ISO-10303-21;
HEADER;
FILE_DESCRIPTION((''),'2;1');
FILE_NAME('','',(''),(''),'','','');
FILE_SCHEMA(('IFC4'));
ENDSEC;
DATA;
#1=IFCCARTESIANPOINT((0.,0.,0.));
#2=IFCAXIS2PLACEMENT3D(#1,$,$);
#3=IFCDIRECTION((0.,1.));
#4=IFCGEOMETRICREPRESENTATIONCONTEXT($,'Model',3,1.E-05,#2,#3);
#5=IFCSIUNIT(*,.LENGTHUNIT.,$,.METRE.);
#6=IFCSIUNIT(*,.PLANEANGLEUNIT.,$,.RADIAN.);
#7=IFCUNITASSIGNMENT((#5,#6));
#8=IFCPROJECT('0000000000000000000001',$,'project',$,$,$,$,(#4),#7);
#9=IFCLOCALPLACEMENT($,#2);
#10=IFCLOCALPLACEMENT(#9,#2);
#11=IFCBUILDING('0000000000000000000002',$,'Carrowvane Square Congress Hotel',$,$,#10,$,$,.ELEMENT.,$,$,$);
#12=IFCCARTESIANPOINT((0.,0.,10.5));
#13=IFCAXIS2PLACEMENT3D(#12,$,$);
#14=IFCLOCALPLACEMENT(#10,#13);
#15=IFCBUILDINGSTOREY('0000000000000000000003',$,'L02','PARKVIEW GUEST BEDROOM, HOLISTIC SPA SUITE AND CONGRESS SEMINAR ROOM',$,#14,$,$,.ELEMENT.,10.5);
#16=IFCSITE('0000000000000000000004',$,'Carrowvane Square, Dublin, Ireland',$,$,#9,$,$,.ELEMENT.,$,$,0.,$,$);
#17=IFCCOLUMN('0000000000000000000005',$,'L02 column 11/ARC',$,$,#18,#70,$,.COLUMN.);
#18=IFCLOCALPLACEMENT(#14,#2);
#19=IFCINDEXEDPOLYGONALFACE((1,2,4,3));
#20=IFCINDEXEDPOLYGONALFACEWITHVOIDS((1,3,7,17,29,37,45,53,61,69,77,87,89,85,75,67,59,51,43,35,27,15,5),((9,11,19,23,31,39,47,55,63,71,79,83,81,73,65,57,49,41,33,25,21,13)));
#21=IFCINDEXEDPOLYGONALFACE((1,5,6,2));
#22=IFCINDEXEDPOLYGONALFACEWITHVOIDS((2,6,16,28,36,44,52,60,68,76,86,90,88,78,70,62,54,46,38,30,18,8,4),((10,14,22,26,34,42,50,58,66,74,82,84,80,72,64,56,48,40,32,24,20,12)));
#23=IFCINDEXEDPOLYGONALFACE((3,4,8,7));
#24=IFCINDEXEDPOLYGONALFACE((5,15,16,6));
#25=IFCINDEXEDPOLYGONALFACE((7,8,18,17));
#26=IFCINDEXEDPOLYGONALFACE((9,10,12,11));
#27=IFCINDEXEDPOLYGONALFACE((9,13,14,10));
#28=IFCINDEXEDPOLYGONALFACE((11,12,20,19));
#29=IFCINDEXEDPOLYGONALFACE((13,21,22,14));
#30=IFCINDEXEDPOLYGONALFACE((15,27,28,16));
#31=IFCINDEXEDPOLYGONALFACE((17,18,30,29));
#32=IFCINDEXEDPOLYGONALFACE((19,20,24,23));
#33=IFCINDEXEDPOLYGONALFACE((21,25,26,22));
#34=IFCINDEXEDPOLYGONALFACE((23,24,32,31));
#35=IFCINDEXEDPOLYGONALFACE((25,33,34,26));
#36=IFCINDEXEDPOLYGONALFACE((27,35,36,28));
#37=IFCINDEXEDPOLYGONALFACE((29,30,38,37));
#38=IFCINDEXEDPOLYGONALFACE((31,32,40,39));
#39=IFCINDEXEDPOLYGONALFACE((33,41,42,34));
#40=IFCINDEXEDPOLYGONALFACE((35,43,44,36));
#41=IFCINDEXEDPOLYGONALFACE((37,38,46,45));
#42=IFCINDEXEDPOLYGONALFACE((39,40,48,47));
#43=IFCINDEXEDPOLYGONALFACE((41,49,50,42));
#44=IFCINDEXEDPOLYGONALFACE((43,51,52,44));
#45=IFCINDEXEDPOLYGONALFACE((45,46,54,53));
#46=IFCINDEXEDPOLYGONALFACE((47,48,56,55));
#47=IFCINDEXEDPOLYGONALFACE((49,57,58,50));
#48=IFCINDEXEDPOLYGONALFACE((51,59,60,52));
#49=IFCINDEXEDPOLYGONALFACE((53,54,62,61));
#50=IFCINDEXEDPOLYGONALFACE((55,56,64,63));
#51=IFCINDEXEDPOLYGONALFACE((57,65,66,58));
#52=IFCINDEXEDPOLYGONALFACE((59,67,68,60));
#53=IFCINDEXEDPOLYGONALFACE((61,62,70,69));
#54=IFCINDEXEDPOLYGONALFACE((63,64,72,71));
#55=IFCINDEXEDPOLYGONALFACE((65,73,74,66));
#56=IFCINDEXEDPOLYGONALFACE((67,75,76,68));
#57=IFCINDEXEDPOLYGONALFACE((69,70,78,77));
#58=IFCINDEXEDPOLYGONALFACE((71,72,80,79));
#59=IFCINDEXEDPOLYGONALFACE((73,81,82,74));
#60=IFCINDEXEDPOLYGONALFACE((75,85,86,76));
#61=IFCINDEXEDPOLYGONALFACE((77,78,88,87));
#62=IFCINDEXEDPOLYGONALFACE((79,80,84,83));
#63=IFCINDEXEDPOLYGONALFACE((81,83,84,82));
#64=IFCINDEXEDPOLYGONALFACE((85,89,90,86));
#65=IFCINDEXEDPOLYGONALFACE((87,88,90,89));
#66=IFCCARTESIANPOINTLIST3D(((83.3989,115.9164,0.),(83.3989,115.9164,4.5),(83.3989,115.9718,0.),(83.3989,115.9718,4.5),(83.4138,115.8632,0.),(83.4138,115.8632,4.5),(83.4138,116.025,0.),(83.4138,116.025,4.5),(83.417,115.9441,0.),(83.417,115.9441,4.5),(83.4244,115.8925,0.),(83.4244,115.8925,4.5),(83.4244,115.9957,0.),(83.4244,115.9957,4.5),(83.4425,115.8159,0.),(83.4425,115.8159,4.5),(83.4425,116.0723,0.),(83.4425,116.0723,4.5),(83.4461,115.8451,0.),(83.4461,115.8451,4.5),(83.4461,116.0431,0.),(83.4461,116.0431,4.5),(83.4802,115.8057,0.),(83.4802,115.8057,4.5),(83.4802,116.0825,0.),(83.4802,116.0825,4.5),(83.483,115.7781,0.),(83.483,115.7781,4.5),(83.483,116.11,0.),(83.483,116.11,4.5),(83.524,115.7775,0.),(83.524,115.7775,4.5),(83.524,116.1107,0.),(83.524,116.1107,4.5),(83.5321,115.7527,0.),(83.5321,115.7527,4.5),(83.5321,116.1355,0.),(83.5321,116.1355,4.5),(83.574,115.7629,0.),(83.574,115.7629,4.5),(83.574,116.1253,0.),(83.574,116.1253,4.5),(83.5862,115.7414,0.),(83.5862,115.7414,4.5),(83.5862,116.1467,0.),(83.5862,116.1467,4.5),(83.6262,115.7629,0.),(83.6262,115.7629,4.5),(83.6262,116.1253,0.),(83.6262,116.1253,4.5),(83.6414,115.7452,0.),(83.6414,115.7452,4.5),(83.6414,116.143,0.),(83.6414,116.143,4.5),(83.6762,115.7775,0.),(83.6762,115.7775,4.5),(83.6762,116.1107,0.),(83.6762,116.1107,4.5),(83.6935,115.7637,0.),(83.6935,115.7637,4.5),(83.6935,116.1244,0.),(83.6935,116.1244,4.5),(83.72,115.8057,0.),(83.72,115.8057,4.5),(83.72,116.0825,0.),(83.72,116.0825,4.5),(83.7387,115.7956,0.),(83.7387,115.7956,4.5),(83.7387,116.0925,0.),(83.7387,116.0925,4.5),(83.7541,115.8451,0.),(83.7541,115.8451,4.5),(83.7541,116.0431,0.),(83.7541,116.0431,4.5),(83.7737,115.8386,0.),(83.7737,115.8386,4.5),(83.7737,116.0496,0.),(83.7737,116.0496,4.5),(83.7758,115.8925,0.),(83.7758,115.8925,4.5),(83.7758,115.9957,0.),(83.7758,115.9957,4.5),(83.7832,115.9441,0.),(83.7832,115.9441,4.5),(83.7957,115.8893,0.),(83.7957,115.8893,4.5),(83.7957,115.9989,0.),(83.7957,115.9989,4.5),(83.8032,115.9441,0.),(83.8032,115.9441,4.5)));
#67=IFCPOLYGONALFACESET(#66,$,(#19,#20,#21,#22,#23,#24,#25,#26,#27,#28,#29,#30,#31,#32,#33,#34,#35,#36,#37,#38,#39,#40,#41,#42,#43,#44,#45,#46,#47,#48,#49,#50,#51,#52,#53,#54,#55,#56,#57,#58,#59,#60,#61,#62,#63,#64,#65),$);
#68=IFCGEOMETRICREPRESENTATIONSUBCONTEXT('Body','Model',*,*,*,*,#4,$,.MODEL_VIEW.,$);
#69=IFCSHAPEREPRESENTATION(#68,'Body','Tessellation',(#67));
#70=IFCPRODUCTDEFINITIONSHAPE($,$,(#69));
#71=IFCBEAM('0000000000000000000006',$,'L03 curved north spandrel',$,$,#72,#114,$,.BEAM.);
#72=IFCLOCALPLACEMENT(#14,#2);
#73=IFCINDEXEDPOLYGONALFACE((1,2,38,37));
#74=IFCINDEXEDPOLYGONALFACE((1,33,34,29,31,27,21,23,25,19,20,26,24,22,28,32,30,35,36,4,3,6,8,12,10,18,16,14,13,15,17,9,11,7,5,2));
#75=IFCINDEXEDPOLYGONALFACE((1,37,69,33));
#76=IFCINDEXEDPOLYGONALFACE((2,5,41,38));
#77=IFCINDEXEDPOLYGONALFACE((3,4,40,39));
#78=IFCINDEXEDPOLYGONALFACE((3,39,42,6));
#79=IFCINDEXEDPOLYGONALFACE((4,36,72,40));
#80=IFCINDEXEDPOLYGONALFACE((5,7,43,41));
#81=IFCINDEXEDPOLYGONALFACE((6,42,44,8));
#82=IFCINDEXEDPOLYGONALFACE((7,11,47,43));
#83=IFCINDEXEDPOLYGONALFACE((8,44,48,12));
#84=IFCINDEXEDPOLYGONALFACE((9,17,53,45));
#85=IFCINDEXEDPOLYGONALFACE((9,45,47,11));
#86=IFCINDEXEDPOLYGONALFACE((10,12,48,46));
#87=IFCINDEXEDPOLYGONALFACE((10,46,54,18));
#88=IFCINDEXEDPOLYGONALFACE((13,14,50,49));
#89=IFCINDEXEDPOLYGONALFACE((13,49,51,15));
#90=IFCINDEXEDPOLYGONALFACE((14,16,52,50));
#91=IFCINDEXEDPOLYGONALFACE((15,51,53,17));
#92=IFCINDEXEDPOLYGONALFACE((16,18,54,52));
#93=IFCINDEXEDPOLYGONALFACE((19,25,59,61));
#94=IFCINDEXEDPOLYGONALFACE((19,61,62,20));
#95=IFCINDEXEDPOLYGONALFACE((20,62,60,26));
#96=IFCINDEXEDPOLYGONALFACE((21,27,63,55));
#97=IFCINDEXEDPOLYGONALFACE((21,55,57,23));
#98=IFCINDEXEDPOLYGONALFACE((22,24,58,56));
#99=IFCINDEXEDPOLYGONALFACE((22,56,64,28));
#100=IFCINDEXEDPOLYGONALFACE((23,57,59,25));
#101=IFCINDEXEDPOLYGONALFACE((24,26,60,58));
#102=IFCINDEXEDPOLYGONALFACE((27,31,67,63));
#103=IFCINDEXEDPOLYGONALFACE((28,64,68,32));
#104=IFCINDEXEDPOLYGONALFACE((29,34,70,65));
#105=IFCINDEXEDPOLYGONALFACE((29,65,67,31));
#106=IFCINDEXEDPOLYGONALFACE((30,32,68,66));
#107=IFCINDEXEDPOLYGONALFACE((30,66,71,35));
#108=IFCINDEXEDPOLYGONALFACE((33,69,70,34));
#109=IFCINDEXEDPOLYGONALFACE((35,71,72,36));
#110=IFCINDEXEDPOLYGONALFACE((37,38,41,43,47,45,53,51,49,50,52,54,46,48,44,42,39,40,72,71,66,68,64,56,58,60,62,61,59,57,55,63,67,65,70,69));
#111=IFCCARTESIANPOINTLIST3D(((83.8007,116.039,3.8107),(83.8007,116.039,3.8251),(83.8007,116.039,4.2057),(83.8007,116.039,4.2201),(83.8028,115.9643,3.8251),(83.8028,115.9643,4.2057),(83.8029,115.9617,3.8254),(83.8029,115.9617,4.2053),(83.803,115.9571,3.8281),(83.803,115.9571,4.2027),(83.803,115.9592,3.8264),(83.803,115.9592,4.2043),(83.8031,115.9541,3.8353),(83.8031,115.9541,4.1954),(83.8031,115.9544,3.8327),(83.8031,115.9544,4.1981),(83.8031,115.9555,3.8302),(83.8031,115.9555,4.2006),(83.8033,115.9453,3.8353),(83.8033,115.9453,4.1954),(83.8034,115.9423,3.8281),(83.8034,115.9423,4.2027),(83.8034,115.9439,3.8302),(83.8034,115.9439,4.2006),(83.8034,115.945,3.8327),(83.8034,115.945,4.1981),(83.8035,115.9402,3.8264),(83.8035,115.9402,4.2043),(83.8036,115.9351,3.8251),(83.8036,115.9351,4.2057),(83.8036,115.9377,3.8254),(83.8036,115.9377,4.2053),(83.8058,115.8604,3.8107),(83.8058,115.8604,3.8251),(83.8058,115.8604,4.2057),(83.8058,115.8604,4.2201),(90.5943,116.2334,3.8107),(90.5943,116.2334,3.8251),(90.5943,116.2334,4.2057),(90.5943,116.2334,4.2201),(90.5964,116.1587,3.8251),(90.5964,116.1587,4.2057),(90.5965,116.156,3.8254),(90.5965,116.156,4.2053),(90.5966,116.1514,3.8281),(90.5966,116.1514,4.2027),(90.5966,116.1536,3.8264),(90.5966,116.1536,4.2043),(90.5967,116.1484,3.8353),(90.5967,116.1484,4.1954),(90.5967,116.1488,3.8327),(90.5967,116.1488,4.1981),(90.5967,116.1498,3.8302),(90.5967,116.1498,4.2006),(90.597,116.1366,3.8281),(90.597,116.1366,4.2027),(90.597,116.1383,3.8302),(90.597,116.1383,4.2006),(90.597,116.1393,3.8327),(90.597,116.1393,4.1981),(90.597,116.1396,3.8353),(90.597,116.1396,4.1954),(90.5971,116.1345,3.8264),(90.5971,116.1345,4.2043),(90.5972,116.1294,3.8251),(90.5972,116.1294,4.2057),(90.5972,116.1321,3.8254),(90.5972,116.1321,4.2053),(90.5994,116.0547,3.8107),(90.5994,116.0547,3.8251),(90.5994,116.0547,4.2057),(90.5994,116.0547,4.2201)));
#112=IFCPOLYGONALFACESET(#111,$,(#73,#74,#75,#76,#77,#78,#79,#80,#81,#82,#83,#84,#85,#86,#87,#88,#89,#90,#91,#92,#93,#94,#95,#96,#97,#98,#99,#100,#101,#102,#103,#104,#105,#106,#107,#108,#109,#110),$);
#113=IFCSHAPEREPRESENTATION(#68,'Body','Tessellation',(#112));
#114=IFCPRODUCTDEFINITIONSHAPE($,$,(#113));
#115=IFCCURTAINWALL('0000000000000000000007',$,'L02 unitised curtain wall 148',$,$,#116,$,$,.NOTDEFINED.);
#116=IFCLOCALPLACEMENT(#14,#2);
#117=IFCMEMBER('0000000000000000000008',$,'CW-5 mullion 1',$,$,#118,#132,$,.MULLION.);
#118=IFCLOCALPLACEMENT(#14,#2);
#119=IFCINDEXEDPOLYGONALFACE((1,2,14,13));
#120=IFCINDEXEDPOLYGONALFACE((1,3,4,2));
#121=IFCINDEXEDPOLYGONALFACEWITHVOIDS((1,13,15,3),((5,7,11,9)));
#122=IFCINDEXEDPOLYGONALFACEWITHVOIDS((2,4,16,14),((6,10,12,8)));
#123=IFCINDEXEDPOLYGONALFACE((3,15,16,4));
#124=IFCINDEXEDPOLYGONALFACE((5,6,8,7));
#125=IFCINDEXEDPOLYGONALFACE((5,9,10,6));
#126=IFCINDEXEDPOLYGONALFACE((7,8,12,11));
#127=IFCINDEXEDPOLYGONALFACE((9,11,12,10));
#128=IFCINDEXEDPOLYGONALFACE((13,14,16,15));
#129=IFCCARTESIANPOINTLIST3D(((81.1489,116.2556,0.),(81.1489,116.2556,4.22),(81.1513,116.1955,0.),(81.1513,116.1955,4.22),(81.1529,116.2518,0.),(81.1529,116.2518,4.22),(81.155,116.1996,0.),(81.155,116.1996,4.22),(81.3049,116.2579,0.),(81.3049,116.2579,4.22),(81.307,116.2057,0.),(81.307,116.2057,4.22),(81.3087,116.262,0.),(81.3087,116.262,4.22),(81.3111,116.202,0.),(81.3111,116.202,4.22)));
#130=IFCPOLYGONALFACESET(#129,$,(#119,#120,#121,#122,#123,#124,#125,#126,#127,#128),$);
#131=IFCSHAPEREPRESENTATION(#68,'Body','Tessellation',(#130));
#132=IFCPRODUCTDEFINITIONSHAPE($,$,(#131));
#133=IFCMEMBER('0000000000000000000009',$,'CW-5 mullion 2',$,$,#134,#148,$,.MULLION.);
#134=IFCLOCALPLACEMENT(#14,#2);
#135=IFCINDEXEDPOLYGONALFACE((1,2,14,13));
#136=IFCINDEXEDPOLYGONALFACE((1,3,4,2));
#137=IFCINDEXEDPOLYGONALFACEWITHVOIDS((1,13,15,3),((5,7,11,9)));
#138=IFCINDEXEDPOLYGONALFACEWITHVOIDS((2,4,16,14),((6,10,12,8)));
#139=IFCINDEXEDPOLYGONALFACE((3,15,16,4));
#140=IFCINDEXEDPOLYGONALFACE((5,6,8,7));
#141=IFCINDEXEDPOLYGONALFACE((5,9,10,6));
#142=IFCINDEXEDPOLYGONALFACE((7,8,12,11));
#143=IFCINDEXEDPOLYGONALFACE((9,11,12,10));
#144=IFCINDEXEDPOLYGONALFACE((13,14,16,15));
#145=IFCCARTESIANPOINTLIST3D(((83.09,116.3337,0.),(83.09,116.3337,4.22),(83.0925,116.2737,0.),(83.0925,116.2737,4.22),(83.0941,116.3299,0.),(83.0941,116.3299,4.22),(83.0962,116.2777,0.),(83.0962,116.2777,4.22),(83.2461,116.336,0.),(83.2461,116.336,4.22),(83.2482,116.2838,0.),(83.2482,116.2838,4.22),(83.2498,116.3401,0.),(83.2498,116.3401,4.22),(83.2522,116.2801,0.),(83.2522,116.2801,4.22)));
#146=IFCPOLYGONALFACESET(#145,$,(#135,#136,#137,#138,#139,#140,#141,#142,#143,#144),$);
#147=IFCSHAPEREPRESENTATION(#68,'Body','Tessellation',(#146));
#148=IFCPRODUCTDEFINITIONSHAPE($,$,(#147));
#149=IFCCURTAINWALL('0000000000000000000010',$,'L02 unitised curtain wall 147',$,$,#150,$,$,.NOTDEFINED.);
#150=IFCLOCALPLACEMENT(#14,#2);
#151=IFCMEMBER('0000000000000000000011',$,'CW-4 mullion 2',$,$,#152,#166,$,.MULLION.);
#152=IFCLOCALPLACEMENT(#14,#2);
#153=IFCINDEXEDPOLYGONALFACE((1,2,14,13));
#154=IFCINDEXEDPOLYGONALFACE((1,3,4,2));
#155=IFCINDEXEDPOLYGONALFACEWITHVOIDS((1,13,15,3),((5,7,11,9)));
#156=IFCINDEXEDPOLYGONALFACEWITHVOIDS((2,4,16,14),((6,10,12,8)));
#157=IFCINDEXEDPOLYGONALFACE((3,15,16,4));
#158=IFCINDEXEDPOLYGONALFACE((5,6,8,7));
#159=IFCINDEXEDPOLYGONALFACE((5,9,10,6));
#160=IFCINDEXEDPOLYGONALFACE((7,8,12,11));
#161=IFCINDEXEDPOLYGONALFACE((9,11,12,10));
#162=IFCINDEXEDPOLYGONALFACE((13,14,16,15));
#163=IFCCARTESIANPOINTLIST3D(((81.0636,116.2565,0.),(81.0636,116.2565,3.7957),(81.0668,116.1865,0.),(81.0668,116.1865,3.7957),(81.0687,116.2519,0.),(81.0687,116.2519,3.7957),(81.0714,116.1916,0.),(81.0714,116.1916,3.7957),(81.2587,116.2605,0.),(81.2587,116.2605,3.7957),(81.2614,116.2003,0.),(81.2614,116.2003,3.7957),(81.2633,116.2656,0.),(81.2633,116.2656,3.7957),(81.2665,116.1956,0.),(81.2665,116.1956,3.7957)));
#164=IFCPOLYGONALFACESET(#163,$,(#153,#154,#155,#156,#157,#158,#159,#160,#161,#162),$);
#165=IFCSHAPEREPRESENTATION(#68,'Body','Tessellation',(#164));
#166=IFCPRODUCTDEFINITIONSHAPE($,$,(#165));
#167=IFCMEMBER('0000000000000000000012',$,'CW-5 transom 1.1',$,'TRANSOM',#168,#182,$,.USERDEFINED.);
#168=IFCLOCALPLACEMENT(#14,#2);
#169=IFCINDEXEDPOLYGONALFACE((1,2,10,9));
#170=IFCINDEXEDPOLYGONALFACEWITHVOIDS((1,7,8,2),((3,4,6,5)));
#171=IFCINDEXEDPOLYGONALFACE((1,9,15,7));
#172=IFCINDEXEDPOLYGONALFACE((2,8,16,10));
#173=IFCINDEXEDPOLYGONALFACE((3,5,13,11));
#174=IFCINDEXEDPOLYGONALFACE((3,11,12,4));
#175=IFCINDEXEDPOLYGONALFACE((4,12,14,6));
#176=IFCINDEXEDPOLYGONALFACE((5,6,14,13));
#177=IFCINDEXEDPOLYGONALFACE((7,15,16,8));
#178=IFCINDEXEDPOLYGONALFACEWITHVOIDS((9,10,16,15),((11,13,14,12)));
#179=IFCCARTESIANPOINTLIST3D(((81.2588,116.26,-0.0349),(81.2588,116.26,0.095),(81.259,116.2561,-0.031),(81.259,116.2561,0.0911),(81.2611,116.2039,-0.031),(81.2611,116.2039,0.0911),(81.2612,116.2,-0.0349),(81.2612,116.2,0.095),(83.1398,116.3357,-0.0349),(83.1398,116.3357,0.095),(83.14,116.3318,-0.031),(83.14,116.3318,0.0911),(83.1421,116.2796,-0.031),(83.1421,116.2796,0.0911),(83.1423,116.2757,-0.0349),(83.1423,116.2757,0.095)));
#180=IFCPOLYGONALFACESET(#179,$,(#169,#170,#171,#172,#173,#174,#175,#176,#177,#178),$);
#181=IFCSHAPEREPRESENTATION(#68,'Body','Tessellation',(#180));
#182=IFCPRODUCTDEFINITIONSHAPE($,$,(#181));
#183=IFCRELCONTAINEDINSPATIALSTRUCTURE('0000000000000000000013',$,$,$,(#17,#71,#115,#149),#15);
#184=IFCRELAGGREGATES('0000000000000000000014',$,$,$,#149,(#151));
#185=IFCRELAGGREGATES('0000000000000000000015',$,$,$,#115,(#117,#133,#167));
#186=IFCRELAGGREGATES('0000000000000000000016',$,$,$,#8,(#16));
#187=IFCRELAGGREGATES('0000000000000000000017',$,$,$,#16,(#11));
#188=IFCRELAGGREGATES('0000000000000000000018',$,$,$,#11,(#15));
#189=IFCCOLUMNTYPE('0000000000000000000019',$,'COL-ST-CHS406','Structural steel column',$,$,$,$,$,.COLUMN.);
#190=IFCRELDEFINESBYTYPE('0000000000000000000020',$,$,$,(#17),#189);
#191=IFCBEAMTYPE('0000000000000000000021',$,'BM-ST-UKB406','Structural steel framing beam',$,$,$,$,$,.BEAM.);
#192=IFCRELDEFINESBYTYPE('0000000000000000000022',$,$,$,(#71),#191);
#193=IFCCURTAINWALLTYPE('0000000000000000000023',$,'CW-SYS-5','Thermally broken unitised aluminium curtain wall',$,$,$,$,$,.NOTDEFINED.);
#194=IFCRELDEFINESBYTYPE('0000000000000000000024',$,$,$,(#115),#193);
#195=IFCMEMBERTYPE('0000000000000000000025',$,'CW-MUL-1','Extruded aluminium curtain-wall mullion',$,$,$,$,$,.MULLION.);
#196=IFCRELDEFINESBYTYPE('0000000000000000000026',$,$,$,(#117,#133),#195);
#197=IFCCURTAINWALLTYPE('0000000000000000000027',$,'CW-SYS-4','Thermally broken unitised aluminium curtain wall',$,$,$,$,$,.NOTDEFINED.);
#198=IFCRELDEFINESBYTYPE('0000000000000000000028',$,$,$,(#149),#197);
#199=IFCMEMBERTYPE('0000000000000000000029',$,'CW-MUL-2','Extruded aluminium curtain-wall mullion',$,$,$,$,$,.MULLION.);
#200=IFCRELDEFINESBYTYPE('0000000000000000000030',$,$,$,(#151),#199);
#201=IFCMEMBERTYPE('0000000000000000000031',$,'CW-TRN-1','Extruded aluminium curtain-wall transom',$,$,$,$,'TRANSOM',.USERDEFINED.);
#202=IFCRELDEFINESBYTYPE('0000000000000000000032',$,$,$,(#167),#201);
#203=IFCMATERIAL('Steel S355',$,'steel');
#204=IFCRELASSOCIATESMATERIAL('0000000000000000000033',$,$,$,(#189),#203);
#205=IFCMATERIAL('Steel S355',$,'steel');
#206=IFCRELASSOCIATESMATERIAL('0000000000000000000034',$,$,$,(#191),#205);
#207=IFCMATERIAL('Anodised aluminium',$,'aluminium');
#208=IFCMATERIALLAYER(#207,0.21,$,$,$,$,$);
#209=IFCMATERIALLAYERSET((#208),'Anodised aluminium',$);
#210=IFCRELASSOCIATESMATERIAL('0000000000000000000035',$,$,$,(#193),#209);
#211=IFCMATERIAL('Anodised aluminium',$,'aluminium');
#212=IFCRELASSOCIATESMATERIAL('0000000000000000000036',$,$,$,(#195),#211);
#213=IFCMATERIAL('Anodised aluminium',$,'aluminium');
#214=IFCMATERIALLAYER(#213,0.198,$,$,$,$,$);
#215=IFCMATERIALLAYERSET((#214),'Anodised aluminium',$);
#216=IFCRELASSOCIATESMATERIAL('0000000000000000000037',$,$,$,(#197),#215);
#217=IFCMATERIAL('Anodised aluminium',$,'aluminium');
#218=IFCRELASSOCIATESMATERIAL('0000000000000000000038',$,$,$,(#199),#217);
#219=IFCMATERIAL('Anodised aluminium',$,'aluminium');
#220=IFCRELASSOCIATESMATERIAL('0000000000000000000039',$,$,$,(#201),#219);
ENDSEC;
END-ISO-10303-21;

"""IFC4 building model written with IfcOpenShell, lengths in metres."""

from ifc_helpers import new_model, si_unit, direction, frame, origin, origin_2d, place, context, subcontext, project, spatial, hollow_rectangle, hollow_circle, i_section, extrude, material, layer, layer_set, material_profile, profile_set, type_object, element, aggregate, save


model = new_model("IFC4")

# Units and contexts
model_context = context("Model", 3, precision=1e-05, world=origin(), true_north=direction((0.0, 1.0)))
body_context = subcontext(model_context, "Body", "Model", "MODEL_VIEW")
ifc_project = project(units=[si_unit("LENGTHUNIT", "METRE"), si_unit("PLANEANGLEUNIT", "RADIAN")], contexts=[model_context])

# Site, building, storey
site_placement = place(None, origin())
site = spatial("IfcSite", under=ifc_project, at=site_placement, Name="Carrowvane Square, Dublin, Ireland", CompositionType="ELEMENT", RefElevation=0.0)
building_placement = place(site_placement, origin())
building = spatial("IfcBuilding", under=site, at=building_placement, Name="Carrowvane Square Congress Hotel", CompositionType="ELEMENT")
storey_placement = place(building_placement, frame((0.0, 0.0, 10.5)))
storey = spatial("IfcBuildingStorey", under=building, at=storey_placement, Name="L02", Description="PARKVIEW GUEST BEDROOM, HOLISTIC SPA SUITE AND CONGRESS SEMINAR ROOM", CompositionType="ELEMENT", Elevation=10.5)

# Column
ifc_material_1 = material(Name="Steel S355", Category="steel")
ifc_material_profile_1 = material_profile(ifc_material_1, hollow_circle(Radius=0.2031, WallThickness=0.02, at=origin_2d()), Name="CHS 406.4x20")
ifc_profile_set_1 = profile_set([ifc_material_profile_1], Name="Steel S355")
column_type = type_object("IfcColumnType", Name="COL-ST-CHS406", Description="Structural steel column", PredefinedType="COLUMN", material=ifc_profile_set_1)
column_placement = place(storey_placement, frame((83.6001, 115.9441, 0.0), z_axis=(0.0, 0.0, 1.0), x_axis=(1.0, 0.0, 0.0)))
element("IfcColumn", 1, at=column_placement, inside=storey, type_object=column_type, Name="L02 column 11/ARC", PredefinedType="COLUMN", context=body_context, shape_type="SweptSolid", body=[
    extrude(hollow_circle(Radius=0.2031, WallThickness=0.02, at=origin_2d()), origin(), (0.0, 0.0, 1.0), 4.5),
])

# Beam
ifc_material_2 = material(Name="Steel S355", Category="steel")
ifc_material_profile_2 = material_profile(ifc_material_2, i_section(OverallWidth=0.1787, OverallDepth=0.4094, WebThickness=0.0088, FlangeThickness=0.0144, FilletRadius=0.0103, at=origin_2d()), Name="UKB 406x178x67")
ifc_profile_set_2 = profile_set([ifc_material_profile_2], Name="Steel S355")
beam_type = type_object("IfcBeamType", Name="BM-ST-UKB406", Description="Structural steel framing beam", PredefinedType="BEAM", material=ifc_profile_set_2)
beam_placement = place(storey_placement, frame((83.8032, 115.9497, 4.0154), z_axis=(0.999591, 0.028594, 0.0), x_axis=(-0.028594, 0.999591, 0.0)))
element("IfcBeam", 2, at=beam_placement, inside=storey, type_object=beam_type, Name="L03 curved north spandrel", PredefinedType="BEAM", context=body_context, shape_type="SweptSolid", body=[
    extrude(i_section(OverallWidth=0.1787, OverallDepth=0.4094, WebThickness=0.0088, FlangeThickness=0.0144, FilletRadius=0.0103, at=origin_2d()), origin(), (0.0, 0.0, 1.0), 6.7964),
])

# Curtain wall, members
ifc_material_3 = material(Name="Anodised aluminium", Category="aluminium")
ifc_layer_1 = layer(ifc_material_3, 0.21)
ifc_layer_set_1 = layer_set([ifc_layer_1], Name="Anodised aluminium")
curtain_wall_type_1 = type_object("IfcCurtainWallType", Name="CW-SYS-5", Description="Thermally broken unitised aluminium curtain wall", PredefinedType="NOTDEFINED", material=ifc_layer_set_1)
curtain_wall_1_placement = place(storey_placement, origin())
curtain_wall_1 = element("IfcCurtainWall", 3, at=curtain_wall_1_placement, inside=storey, type_object=curtain_wall_type_1, Name="L02 unitised curtain wall 148", PredefinedType="NOTDEFINED")
ifc_material_4 = material(Name="Anodised aluminium", Category="aluminium")
ifc_material_profile_3 = material_profile(ifc_material_4, hollow_rectangle(XDim=0.0601, YDim=0.1599, WallThickness=0.0039, at=origin_2d()), Name="CW-ML 60x160x4")
ifc_profile_set_3 = profile_set([ifc_material_profile_3], Name="Anodised aluminium")
member_type_1 = type_object("IfcMemberType", Name="CW-MUL-1", Description="Extruded aluminium curtain-wall mullion", PredefinedType="MULLION", material=ifc_profile_set_3)
member_1_placement = place(storey_placement, frame((81.23, 116.2288, 0.0), z_axis=(0.0, 0.0, 1.0), x_axis=(-0.040136, 0.999194, 0.0)))
member_1 = element("IfcMember", 4, at=member_1_placement, type_object=member_type_1, Name="CW-5 mullion 1", PredefinedType="MULLION", context=body_context, shape_type="SweptSolid", body=[
    extrude(hollow_rectangle(XDim=0.0601, YDim=0.1599, WallThickness=0.0039, at=origin_2d()), origin(), (0.0, 0.0, 1.0), 4.22),
])
member_2_placement = place(storey_placement, frame((83.1711, 116.3069, 0.0), z_axis=(0.0, 0.0, 1.0), x_axis=(-0.040136, 0.999194, 0.0)))
member_2 = element("IfcMember", 5, at=member_2_placement, type_object=member_type_1, Name="CW-5 mullion 2", PredefinedType="MULLION", context=body_context, shape_type="SweptSolid", body=[
    extrude(hollow_rectangle(XDim=0.0601, YDim=0.1599, WallThickness=0.0039, at=origin_2d()), origin(), (0.0, 0.0, 1.0), 4.22),
])

# Curtain wall, member
ifc_material_5 = material(Name="Anodised aluminium", Category="aluminium")
ifc_layer_2 = layer(ifc_material_5, 0.198)
ifc_layer_set_2 = layer_set([ifc_layer_2], Name="Anodised aluminium")
curtain_wall_type_2 = type_object("IfcCurtainWallType", Name="CW-SYS-4", Description="Thermally broken unitised aluminium curtain wall", PredefinedType="NOTDEFINED", material=ifc_layer_set_2)
curtain_wall_2_placement = place(storey_placement, origin())
curtain_wall_2 = element("IfcCurtainWall", 6, at=curtain_wall_2_placement, inside=storey, type_object=curtain_wall_type_2, Name="L02 unitised curtain wall 147", PredefinedType="NOTDEFINED")
ifc_material_6 = material(Name="Anodised aluminium", Category="aluminium")
ifc_material_profile_4 = material_profile(ifc_material_6, hollow_rectangle(XDim=0.0701, YDim=0.2, WallThickness=0.0049, at=origin_2d()), Name="CW-ML 70x200x5")
ifc_profile_set_4 = profile_set([ifc_material_profile_4], Name="Anodised aluminium")
member_type_2 = type_object("IfcMemberType", Name="CW-MUL-2", Description="Extruded aluminium curtain-wall mullion", PredefinedType="MULLION", material=ifc_profile_set_4)
member_3_placement = place(storey_placement, frame((81.165, 116.2261, 0.0), z_axis=(0.0, 0.0, 1.0), x_axis=(-0.045411, 0.998968, 0.0)))
member_3 = element("IfcMember", 7, at=member_3_placement, type_object=member_type_2, Name="CW-4 mullion 2", PredefinedType="MULLION", context=body_context, shape_type="SweptSolid", body=[
    extrude(hollow_rectangle(XDim=0.0701, YDim=0.2, WallThickness=0.0049, at=origin_2d()), origin(), (0.0, 0.0, 1.0), 3.7957),
])

# Member
ifc_material_7 = material(Name="Anodised aluminium", Category="aluminium")
ifc_material_profile_5 = material_profile(ifc_material_7, hollow_rectangle(XDim=0.0601, YDim=0.1299, WallThickness=0.0039, at=origin_2d()), Name="CW-TR 60x130x4")
ifc_profile_set_5 = profile_set([ifc_material_profile_5], Name="Anodised aluminium")
member_type_3 = type_object("IfcMemberType", Name="CW-TRN-1", Description="Extruded aluminium curtain-wall transom", ElementType="TRANSOM", PredefinedType="USERDEFINED", material=ifc_profile_set_5)
member_4_placement = place(storey_placement, frame((81.26, 116.23, 0.03), z_axis=(0.999192, 0.040201, 0.0), x_axis=(-0.040201, 0.999192, 0.0)))
member_4 = element("IfcMember", 8, at=member_4_placement, type_object=member_type_3, Name="CW-5 transom 1.1", ObjectType="TRANSOM", PredefinedType="USERDEFINED", context=body_context, shape_type="SweptSolid", body=[
    extrude(hollow_rectangle(XDim=0.0601, YDim=0.1299, WallThickness=0.0039, at=origin_2d()), origin(), (0.0, 0.0, 1.0), 1.8826),
])

aggregate(curtain_wall_2, [member_3])
aggregate(curtain_wall_1, [member_1, member_2, member_4])

save(model, "model.ifc")
